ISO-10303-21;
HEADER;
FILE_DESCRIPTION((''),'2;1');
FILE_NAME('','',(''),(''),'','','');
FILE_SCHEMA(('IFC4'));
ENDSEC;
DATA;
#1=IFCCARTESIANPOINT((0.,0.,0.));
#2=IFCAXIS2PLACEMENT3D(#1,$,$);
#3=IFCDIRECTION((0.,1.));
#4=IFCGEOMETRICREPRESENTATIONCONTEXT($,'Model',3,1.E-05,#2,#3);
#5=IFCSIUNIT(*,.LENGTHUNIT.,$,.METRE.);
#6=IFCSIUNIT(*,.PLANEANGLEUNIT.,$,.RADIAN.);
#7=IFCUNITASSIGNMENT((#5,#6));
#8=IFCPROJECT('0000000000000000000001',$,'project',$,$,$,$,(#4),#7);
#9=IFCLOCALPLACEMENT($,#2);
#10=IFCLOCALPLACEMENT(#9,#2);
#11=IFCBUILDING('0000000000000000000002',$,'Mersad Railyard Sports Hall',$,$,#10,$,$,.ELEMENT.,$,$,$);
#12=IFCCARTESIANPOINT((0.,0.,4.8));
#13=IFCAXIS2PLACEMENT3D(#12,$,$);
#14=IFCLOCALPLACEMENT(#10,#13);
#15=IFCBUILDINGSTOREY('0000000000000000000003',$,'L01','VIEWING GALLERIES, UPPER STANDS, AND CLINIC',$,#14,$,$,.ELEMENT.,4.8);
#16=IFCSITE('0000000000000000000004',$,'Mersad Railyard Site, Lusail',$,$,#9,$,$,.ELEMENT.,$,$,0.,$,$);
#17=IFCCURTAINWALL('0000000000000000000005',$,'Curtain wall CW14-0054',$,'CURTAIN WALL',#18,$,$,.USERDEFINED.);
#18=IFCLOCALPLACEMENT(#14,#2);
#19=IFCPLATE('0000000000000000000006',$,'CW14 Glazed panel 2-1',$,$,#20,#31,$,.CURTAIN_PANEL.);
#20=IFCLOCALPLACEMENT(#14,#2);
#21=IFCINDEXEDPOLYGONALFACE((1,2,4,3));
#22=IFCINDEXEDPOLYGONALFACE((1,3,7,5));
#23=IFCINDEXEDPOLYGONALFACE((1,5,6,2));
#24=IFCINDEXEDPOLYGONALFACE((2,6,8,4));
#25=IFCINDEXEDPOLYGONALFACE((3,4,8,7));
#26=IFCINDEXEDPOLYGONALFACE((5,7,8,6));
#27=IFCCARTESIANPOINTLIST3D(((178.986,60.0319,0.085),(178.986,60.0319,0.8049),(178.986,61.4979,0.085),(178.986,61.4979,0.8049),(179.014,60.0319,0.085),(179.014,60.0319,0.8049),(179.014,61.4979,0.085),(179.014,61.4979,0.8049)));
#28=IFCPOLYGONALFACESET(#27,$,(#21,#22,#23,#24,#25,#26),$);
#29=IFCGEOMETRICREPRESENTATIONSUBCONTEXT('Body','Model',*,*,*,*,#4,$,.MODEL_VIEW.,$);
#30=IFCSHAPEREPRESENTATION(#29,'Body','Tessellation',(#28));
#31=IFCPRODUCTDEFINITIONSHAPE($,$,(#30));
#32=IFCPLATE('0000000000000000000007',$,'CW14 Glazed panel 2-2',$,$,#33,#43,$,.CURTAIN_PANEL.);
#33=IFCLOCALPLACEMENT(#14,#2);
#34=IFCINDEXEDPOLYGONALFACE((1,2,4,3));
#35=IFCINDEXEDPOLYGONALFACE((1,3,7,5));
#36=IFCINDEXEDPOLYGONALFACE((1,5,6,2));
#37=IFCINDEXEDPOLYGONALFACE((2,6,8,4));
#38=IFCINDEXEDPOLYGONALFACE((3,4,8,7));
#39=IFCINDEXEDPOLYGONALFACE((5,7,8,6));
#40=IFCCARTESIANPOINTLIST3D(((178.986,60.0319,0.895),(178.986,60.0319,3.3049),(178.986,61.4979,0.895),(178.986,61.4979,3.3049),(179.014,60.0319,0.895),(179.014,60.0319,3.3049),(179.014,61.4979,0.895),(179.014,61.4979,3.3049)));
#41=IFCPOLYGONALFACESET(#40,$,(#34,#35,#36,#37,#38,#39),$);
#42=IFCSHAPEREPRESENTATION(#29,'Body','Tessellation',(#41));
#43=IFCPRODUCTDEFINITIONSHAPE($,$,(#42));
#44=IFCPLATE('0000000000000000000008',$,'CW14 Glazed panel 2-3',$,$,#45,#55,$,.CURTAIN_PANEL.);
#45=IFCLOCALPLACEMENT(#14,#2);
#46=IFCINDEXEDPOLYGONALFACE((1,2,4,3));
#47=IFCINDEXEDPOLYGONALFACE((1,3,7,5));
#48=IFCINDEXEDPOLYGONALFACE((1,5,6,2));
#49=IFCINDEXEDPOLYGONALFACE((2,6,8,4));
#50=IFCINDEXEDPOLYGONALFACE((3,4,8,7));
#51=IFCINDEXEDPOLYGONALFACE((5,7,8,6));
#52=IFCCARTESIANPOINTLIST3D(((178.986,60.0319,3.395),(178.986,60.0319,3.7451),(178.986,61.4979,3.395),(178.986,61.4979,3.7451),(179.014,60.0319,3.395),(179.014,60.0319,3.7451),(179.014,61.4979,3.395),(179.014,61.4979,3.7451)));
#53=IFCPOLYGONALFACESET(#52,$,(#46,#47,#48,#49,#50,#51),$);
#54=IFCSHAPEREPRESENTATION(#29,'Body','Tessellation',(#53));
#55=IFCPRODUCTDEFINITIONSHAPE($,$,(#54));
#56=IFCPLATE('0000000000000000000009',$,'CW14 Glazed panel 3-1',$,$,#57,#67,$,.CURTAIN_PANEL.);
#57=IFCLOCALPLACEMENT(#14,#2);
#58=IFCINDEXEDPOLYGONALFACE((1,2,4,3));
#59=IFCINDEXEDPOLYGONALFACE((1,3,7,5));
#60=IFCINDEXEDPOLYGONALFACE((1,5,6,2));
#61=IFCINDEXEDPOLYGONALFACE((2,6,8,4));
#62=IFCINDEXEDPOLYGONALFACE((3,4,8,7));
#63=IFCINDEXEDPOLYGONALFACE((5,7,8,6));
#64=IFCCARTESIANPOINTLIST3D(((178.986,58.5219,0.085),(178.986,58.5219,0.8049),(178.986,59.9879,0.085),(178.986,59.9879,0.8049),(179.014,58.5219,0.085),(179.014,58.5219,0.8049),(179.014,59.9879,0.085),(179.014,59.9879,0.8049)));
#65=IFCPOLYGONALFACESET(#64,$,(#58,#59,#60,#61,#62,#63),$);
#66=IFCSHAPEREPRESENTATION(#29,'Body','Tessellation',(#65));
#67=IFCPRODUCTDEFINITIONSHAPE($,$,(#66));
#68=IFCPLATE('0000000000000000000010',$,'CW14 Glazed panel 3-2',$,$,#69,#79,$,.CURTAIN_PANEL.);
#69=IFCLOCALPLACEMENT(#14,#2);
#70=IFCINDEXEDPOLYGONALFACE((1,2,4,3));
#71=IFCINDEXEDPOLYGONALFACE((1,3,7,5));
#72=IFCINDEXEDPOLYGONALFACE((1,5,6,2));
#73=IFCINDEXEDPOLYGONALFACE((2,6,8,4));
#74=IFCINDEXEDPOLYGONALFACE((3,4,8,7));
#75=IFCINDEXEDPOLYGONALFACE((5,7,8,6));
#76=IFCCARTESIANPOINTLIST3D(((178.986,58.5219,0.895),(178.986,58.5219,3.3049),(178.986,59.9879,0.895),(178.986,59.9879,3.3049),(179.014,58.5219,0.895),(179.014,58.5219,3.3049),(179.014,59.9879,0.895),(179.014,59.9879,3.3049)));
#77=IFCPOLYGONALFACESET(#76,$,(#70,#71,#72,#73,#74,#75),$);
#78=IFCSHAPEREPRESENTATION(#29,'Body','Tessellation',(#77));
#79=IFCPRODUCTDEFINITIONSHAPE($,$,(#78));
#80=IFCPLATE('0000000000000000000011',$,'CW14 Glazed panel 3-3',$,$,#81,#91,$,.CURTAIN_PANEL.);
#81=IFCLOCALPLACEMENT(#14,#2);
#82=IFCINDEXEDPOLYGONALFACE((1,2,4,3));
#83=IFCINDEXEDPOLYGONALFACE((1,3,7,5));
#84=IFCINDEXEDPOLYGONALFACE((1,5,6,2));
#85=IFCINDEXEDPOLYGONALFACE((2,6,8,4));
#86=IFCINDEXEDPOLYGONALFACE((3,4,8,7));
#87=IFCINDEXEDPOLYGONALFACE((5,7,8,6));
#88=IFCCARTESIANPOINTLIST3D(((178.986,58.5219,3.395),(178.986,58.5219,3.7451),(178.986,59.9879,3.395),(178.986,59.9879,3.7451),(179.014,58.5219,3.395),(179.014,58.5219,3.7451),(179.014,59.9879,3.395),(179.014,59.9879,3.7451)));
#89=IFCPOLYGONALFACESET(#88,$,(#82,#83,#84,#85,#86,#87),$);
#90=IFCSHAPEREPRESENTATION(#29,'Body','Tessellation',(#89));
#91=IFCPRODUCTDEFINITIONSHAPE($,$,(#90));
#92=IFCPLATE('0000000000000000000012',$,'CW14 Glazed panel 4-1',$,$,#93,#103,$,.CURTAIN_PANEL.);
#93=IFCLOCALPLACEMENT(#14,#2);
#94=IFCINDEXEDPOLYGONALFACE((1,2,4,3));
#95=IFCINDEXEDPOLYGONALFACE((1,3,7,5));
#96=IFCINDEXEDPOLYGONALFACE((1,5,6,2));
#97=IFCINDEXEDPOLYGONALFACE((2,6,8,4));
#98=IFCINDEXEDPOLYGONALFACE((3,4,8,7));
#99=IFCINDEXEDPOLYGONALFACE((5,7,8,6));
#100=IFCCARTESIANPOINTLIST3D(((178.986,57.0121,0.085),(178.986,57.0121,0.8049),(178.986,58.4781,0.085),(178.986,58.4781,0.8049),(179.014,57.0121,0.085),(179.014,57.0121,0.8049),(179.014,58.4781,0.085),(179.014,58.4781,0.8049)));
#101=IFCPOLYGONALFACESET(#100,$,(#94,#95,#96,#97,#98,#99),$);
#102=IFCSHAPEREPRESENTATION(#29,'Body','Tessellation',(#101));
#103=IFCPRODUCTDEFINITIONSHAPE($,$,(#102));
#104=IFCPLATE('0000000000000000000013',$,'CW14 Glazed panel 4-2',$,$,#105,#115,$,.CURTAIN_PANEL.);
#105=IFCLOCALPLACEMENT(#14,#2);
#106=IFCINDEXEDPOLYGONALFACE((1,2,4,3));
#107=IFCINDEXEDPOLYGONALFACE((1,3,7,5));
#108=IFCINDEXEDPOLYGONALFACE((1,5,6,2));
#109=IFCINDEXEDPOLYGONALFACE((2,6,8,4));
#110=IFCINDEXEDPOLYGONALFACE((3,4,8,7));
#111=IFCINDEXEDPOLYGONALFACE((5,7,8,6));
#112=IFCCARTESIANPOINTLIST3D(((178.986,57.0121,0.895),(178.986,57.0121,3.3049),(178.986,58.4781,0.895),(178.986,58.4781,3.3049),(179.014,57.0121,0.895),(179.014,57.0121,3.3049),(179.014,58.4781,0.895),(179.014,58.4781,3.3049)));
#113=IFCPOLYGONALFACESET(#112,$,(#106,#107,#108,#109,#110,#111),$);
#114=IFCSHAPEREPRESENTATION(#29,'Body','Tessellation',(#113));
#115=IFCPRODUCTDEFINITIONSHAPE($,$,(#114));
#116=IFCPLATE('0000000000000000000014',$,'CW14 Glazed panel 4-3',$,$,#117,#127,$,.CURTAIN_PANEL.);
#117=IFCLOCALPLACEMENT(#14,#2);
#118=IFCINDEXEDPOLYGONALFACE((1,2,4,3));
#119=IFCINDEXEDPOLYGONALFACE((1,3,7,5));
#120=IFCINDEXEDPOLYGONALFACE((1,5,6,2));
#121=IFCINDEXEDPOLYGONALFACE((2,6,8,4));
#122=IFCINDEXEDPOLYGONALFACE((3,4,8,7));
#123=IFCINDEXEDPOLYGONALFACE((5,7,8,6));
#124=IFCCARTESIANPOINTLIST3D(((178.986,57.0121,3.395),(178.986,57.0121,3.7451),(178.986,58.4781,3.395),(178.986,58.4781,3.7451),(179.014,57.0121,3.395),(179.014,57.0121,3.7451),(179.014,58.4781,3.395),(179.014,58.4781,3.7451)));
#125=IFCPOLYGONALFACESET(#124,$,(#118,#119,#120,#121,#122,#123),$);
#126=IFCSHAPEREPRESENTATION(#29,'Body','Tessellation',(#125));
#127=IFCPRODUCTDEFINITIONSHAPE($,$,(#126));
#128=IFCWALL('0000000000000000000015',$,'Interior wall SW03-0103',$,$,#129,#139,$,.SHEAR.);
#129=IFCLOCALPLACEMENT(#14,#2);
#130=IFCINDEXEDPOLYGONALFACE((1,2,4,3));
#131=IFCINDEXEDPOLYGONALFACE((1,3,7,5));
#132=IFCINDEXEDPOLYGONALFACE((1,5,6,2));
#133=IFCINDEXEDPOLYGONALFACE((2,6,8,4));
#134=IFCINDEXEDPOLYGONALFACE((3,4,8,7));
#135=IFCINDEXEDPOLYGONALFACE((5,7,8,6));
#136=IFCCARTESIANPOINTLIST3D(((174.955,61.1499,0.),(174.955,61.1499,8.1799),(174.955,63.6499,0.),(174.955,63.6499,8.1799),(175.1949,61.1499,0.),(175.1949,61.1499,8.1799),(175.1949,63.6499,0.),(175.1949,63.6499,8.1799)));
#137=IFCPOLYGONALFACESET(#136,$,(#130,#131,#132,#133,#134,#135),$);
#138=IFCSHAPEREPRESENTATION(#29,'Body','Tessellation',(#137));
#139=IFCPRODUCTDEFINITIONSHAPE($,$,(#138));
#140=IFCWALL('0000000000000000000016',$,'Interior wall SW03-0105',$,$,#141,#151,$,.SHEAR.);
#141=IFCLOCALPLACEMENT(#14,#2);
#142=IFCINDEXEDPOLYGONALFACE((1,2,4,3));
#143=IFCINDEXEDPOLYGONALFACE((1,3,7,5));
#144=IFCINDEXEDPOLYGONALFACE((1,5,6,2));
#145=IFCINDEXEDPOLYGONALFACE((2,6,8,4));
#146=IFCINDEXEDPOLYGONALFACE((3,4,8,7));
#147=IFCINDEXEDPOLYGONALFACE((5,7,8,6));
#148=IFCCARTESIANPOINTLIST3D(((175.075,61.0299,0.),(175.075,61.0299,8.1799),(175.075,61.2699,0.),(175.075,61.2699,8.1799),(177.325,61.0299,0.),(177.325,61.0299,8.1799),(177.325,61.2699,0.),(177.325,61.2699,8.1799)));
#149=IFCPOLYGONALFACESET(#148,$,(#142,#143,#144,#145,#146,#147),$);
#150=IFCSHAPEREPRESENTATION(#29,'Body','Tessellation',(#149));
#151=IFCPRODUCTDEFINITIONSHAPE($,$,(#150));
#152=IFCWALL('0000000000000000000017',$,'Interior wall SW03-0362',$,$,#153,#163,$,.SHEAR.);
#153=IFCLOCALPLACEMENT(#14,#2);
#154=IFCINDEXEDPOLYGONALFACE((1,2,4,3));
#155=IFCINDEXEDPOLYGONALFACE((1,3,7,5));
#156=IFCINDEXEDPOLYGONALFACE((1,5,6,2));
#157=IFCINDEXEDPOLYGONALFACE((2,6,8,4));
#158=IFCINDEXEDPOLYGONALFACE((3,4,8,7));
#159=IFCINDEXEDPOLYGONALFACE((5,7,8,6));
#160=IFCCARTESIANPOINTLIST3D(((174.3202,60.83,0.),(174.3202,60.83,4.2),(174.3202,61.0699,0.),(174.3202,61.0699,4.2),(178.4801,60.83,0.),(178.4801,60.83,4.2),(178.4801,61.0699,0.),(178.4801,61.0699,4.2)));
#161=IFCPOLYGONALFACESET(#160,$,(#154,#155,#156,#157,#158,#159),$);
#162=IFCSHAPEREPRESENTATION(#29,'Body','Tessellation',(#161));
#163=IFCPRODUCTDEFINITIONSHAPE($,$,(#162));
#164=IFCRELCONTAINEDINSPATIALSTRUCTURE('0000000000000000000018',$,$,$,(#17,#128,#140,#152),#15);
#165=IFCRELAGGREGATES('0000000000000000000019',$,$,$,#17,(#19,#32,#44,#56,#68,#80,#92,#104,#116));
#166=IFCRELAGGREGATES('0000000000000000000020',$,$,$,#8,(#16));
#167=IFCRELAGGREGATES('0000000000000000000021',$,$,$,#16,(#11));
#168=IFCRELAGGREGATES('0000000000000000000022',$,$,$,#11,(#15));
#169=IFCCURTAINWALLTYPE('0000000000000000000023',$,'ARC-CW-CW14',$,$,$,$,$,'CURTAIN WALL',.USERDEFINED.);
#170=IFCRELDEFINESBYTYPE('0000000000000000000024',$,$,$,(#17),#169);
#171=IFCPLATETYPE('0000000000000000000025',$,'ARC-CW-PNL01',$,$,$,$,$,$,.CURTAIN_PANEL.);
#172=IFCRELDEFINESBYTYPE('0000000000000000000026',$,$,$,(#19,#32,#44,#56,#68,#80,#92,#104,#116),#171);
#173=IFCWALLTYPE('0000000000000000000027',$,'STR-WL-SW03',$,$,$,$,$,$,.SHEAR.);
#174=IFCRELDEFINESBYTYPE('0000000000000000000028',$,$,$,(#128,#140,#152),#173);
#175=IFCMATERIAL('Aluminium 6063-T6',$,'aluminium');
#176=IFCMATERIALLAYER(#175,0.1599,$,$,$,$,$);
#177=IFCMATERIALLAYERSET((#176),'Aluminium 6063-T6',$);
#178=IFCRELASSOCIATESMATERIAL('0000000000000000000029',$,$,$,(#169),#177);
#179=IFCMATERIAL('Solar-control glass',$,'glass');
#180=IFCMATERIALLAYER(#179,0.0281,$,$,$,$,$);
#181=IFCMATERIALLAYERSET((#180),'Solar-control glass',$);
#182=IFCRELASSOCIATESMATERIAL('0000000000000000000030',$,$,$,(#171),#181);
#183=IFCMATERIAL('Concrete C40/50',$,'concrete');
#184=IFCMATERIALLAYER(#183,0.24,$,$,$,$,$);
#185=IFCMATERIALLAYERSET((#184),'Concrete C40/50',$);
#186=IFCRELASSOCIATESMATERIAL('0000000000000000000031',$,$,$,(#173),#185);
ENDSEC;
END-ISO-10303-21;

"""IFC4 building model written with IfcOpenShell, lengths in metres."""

from ifc_helpers import new_model, si_unit, direction, frame, frame_2d, origin, origin_2d, place, context, subcontext, project, spatial, rectangle, extrude, material, layer, layer_set, type_object, element, aggregate, save


model = new_model("IFC4")

# Units and contexts
model_context = context("Model", 3, precision=1e-05, world=origin(), true_north=direction((0.0, 1.0)))
body_context = subcontext(model_context, "Body", "Model", "MODEL_VIEW")
ifc_project = project(units=[si_unit("LENGTHUNIT", "METRE"), si_unit("PLANEANGLEUNIT", "RADIAN")], contexts=[model_context])

# Site, building, storey
site_placement = place(None, origin())
site = spatial("IfcSite", under=ifc_project, at=site_placement, Name="Mersad Railyard Site, Lusail", CompositionType="ELEMENT", RefElevation=0.0)
building_placement = place(site_placement, origin())
building = spatial("IfcBuilding", under=site, at=building_placement, Name="Mersad Railyard Sports Hall", CompositionType="ELEMENT")
storey_placement = place(building_placement, frame((0.0, 0.0, 4.8)))
storey = spatial("IfcBuildingStorey", under=building, at=storey_placement, Name="L01", Description="VIEWING GALLERIES, UPPER STANDS, AND CLINIC", CompositionType="ELEMENT", Elevation=4.8)

# Curtain wall, plates
ifc_material_1 = material(Name="Aluminium 6063-T6", Category="aluminium")
ifc_layer_1 = layer(ifc_material_1, 0.1599)
ifc_layer_set_1 = layer_set([ifc_layer_1], Name="Aluminium 6063-T6")
curtain_wall_type = type_object("IfcCurtainWallType", Name="ARC-CW-CW14", ElementType="CURTAIN WALL", PredefinedType="USERDEFINED", material=ifc_layer_set_1)
curtain_wall_placement = place(storey_placement, origin())
curtain_wall = element("IfcCurtainWall", 1, at=curtain_wall_placement, inside=storey, type_object=curtain_wall_type, Name="Curtain wall CW14-0054", ObjectType="CURTAIN WALL", PredefinedType="USERDEFINED")
ifc_material_2 = material(Name="Solar-control glass", Category="glass")
ifc_layer_2 = layer(ifc_material_2, 0.0281)
ifc_layer_set_2 = layer_set([ifc_layer_2], Name="Solar-control glass")
plate_type = type_object("IfcPlateType", Name="ARC-CW-PNL01", PredefinedType="CURTAIN_PANEL", material=ifc_layer_set_2)
plate_1_placement = place(storey_placement, frame((179.0, 60.7649, 0.085), z_axis=(0.0, 0.0, 1.0), x_axis=(0.0, -1.0, 0.0)))
plate_1 = element("IfcPlate", 2, at=plate_1_placement, type_object=plate_type, Name="CW14 Glazed panel 2-1", PredefinedType="CURTAIN_PANEL", context=body_context, shape_type="SweptSolid", body=[
    extrude(rectangle(XDim=1.4661, YDim=0.0281, at=origin_2d()), origin(), (0.0, 0.0, 1.0), 0.72),
])
plate_2_placement = place(storey_placement, frame((179.0, 60.7649, 0.895), z_axis=(0.0, 0.0, 1.0), x_axis=(0.0, -1.0, 0.0)))
plate_2 = element("IfcPlate", 3, at=plate_2_placement, type_object=plate_type, Name="CW14 Glazed panel 2-2", PredefinedType="CURTAIN_PANEL", context=body_context, shape_type="SweptSolid", body=[
    extrude(rectangle(XDim=1.4661, YDim=0.0281, at=origin_2d()), origin(), (0.0, 0.0, 1.0), 2.4099),
])
plate_3_placement = place(storey_placement, frame((179.0, 60.7649, 3.395), z_axis=(0.0, 0.0, 1.0), x_axis=(0.0, -1.0, 0.0)))
plate_3 = element("IfcPlate", 4, at=plate_3_placement, type_object=plate_type, Name="CW14 Glazed panel 2-3", PredefinedType="CURTAIN_PANEL", context=body_context, shape_type="SweptSolid", body=[
    extrude(rectangle(XDim=1.4661, YDim=0.0281, at=origin_2d()), origin(), (0.0, 0.0, 1.0), 0.3501),
])
plate_4_placement = place(storey_placement, frame((179.0, 59.2549, 0.085), z_axis=(0.0, 0.0, 1.0), x_axis=(0.0, -1.0, 0.0)))
plate_4 = element("IfcPlate", 5, at=plate_4_placement, type_object=plate_type, Name="CW14 Glazed panel 3-1", PredefinedType="CURTAIN_PANEL", context=body_context, shape_type="SweptSolid", body=[
    extrude(rectangle(XDim=1.4661, YDim=0.0281, at=origin_2d()), origin(), (0.0, 0.0, 1.0), 0.72),
])
plate_5_placement = place(storey_placement, frame((179.0, 59.2549, 0.895), z_axis=(0.0, 0.0, 1.0), x_axis=(0.0, -1.0, 0.0)))
plate_5 = element("IfcPlate", 6, at=plate_5_placement, type_object=plate_type, Name="CW14 Glazed panel 3-2", PredefinedType="CURTAIN_PANEL", context=body_context, shape_type="SweptSolid", body=[
    extrude(rectangle(XDim=1.4661, YDim=0.0281, at=origin_2d()), origin(), (0.0, 0.0, 1.0), 2.4099),
])
plate_6_placement = place(storey_placement, frame((179.0, 59.2549, 3.395), z_axis=(0.0, 0.0, 1.0), x_axis=(0.0, -1.0, 0.0)))
plate_6 = element("IfcPlate", 7, at=plate_6_placement, type_object=plate_type, Name="CW14 Glazed panel 3-3", PredefinedType="CURTAIN_PANEL", context=body_context, shape_type="SweptSolid", body=[
    extrude(rectangle(XDim=1.4661, YDim=0.0281, at=origin_2d()), origin(), (0.0, 0.0, 1.0), 0.3501),
])
plate_7_placement = place(storey_placement, frame((179.0, 57.7451, 0.085), z_axis=(0.0, 0.0, 1.0), x_axis=(0.0, -1.0, 0.0)))
plate_7 = element("IfcPlate", 8, at=plate_7_placement, type_object=plate_type, Name="CW14 Glazed panel 4-1", PredefinedType="CURTAIN_PANEL", context=body_context, shape_type="SweptSolid", body=[
    extrude(rectangle(XDim=1.4661, YDim=0.0281, at=origin_2d()), origin(), (0.0, 0.0, 1.0), 0.72),
])
plate_8_placement = place(storey_placement, frame((179.0, 57.7451, 0.895), z_axis=(0.0, 0.0, 1.0), x_axis=(0.0, -1.0, 0.0)))
plate_8 = element("IfcPlate", 9, at=plate_8_placement, type_object=plate_type, Name="CW14 Glazed panel 4-2", PredefinedType="CURTAIN_PANEL", context=body_context, shape_type="SweptSolid", body=[
    extrude(rectangle(XDim=1.4661, YDim=0.0281, at=origin_2d()), origin(), (0.0, 0.0, 1.0), 2.4099),
])
plate_9_placement = place(storey_placement, frame((179.0, 57.7451, 3.395), z_axis=(0.0, 0.0, 1.0), x_axis=(0.0, -1.0, 0.0)))
plate_9 = element("IfcPlate", 10, at=plate_9_placement, type_object=plate_type, Name="CW14 Glazed panel 4-3", PredefinedType="CURTAIN_PANEL", context=body_context, shape_type="SweptSolid", body=[
    extrude(rectangle(XDim=1.4661, YDim=0.0281, at=origin_2d()), origin(), (0.0, 0.0, 1.0), 0.3501),
])
aggregate(curtain_wall, [plate_1, plate_2, plate_3, plate_4, plate_5, plate_6, plate_7, plate_8, plate_9])

# Walls
ifc_material_3 = material(Name="Concrete C40/50", Category="concrete")
ifc_layer_3 = layer(ifc_material_3, 0.24)
ifc_layer_set_3 = layer_set([ifc_layer_3], Name="Concrete C40/50")
wall_type = type_object("IfcWallType", Name="STR-WL-SW03", PredefinedType="SHEAR", material=ifc_layer_set_3)
wall_1_placement = place(storey_placement, frame((175.075, 61.1499, 0.0), z_axis=(0.0, 0.0, 1.0), x_axis=(0.0, 1.0, 0.0)))
element("IfcWall", 11, at=wall_1_placement, inside=storey, type_object=wall_type, Name="Interior wall SW03-0103", PredefinedType="SHEAR", context=body_context, shape_type="SweptSolid", body=[
    extrude(rectangle(XDim=2.5, YDim=0.24, at=frame_2d((1.25, 0.0))), origin(), (0.0, 0.0, 1.0), 8.1799),
])
wall_2_placement = place(storey_placement, frame((177.325, 61.1499, 0.0), z_axis=(0.0, 0.0, 1.0), x_axis=(-1.0, 0.0, 0.0)))
element("IfcWall", 12, at=wall_2_placement, inside=storey, type_object=wall_type, Name="Interior wall SW03-0105", PredefinedType="SHEAR", context=body_context, shape_type="SweptSolid", body=[
    extrude(rectangle(XDim=2.25, YDim=0.24, at=frame_2d((1.125, 0.0))), origin(), (0.0, 0.0, 1.0), 8.1799),
])
wall_3_placement = place(storey_placement, frame((174.3201, 60.95, 0.0), z_axis=(0.0, 0.0, 1.0), x_axis=(1.0, 0.0, 0.0)))
element("IfcWall", 13, at=wall_3_placement, inside=storey, type_object=wall_type, Name="Interior wall SW03-0362", PredefinedType="SHEAR", context=body_context, shape_type="SweptSolid", body=[
    extrude(rectangle(XDim=4.1599, YDim=0.24, at=frame_2d((2.0801, 0.0))), origin(), (0.0, 0.0, 1.0), 4.2),
])

save(model, "model.ifc")
